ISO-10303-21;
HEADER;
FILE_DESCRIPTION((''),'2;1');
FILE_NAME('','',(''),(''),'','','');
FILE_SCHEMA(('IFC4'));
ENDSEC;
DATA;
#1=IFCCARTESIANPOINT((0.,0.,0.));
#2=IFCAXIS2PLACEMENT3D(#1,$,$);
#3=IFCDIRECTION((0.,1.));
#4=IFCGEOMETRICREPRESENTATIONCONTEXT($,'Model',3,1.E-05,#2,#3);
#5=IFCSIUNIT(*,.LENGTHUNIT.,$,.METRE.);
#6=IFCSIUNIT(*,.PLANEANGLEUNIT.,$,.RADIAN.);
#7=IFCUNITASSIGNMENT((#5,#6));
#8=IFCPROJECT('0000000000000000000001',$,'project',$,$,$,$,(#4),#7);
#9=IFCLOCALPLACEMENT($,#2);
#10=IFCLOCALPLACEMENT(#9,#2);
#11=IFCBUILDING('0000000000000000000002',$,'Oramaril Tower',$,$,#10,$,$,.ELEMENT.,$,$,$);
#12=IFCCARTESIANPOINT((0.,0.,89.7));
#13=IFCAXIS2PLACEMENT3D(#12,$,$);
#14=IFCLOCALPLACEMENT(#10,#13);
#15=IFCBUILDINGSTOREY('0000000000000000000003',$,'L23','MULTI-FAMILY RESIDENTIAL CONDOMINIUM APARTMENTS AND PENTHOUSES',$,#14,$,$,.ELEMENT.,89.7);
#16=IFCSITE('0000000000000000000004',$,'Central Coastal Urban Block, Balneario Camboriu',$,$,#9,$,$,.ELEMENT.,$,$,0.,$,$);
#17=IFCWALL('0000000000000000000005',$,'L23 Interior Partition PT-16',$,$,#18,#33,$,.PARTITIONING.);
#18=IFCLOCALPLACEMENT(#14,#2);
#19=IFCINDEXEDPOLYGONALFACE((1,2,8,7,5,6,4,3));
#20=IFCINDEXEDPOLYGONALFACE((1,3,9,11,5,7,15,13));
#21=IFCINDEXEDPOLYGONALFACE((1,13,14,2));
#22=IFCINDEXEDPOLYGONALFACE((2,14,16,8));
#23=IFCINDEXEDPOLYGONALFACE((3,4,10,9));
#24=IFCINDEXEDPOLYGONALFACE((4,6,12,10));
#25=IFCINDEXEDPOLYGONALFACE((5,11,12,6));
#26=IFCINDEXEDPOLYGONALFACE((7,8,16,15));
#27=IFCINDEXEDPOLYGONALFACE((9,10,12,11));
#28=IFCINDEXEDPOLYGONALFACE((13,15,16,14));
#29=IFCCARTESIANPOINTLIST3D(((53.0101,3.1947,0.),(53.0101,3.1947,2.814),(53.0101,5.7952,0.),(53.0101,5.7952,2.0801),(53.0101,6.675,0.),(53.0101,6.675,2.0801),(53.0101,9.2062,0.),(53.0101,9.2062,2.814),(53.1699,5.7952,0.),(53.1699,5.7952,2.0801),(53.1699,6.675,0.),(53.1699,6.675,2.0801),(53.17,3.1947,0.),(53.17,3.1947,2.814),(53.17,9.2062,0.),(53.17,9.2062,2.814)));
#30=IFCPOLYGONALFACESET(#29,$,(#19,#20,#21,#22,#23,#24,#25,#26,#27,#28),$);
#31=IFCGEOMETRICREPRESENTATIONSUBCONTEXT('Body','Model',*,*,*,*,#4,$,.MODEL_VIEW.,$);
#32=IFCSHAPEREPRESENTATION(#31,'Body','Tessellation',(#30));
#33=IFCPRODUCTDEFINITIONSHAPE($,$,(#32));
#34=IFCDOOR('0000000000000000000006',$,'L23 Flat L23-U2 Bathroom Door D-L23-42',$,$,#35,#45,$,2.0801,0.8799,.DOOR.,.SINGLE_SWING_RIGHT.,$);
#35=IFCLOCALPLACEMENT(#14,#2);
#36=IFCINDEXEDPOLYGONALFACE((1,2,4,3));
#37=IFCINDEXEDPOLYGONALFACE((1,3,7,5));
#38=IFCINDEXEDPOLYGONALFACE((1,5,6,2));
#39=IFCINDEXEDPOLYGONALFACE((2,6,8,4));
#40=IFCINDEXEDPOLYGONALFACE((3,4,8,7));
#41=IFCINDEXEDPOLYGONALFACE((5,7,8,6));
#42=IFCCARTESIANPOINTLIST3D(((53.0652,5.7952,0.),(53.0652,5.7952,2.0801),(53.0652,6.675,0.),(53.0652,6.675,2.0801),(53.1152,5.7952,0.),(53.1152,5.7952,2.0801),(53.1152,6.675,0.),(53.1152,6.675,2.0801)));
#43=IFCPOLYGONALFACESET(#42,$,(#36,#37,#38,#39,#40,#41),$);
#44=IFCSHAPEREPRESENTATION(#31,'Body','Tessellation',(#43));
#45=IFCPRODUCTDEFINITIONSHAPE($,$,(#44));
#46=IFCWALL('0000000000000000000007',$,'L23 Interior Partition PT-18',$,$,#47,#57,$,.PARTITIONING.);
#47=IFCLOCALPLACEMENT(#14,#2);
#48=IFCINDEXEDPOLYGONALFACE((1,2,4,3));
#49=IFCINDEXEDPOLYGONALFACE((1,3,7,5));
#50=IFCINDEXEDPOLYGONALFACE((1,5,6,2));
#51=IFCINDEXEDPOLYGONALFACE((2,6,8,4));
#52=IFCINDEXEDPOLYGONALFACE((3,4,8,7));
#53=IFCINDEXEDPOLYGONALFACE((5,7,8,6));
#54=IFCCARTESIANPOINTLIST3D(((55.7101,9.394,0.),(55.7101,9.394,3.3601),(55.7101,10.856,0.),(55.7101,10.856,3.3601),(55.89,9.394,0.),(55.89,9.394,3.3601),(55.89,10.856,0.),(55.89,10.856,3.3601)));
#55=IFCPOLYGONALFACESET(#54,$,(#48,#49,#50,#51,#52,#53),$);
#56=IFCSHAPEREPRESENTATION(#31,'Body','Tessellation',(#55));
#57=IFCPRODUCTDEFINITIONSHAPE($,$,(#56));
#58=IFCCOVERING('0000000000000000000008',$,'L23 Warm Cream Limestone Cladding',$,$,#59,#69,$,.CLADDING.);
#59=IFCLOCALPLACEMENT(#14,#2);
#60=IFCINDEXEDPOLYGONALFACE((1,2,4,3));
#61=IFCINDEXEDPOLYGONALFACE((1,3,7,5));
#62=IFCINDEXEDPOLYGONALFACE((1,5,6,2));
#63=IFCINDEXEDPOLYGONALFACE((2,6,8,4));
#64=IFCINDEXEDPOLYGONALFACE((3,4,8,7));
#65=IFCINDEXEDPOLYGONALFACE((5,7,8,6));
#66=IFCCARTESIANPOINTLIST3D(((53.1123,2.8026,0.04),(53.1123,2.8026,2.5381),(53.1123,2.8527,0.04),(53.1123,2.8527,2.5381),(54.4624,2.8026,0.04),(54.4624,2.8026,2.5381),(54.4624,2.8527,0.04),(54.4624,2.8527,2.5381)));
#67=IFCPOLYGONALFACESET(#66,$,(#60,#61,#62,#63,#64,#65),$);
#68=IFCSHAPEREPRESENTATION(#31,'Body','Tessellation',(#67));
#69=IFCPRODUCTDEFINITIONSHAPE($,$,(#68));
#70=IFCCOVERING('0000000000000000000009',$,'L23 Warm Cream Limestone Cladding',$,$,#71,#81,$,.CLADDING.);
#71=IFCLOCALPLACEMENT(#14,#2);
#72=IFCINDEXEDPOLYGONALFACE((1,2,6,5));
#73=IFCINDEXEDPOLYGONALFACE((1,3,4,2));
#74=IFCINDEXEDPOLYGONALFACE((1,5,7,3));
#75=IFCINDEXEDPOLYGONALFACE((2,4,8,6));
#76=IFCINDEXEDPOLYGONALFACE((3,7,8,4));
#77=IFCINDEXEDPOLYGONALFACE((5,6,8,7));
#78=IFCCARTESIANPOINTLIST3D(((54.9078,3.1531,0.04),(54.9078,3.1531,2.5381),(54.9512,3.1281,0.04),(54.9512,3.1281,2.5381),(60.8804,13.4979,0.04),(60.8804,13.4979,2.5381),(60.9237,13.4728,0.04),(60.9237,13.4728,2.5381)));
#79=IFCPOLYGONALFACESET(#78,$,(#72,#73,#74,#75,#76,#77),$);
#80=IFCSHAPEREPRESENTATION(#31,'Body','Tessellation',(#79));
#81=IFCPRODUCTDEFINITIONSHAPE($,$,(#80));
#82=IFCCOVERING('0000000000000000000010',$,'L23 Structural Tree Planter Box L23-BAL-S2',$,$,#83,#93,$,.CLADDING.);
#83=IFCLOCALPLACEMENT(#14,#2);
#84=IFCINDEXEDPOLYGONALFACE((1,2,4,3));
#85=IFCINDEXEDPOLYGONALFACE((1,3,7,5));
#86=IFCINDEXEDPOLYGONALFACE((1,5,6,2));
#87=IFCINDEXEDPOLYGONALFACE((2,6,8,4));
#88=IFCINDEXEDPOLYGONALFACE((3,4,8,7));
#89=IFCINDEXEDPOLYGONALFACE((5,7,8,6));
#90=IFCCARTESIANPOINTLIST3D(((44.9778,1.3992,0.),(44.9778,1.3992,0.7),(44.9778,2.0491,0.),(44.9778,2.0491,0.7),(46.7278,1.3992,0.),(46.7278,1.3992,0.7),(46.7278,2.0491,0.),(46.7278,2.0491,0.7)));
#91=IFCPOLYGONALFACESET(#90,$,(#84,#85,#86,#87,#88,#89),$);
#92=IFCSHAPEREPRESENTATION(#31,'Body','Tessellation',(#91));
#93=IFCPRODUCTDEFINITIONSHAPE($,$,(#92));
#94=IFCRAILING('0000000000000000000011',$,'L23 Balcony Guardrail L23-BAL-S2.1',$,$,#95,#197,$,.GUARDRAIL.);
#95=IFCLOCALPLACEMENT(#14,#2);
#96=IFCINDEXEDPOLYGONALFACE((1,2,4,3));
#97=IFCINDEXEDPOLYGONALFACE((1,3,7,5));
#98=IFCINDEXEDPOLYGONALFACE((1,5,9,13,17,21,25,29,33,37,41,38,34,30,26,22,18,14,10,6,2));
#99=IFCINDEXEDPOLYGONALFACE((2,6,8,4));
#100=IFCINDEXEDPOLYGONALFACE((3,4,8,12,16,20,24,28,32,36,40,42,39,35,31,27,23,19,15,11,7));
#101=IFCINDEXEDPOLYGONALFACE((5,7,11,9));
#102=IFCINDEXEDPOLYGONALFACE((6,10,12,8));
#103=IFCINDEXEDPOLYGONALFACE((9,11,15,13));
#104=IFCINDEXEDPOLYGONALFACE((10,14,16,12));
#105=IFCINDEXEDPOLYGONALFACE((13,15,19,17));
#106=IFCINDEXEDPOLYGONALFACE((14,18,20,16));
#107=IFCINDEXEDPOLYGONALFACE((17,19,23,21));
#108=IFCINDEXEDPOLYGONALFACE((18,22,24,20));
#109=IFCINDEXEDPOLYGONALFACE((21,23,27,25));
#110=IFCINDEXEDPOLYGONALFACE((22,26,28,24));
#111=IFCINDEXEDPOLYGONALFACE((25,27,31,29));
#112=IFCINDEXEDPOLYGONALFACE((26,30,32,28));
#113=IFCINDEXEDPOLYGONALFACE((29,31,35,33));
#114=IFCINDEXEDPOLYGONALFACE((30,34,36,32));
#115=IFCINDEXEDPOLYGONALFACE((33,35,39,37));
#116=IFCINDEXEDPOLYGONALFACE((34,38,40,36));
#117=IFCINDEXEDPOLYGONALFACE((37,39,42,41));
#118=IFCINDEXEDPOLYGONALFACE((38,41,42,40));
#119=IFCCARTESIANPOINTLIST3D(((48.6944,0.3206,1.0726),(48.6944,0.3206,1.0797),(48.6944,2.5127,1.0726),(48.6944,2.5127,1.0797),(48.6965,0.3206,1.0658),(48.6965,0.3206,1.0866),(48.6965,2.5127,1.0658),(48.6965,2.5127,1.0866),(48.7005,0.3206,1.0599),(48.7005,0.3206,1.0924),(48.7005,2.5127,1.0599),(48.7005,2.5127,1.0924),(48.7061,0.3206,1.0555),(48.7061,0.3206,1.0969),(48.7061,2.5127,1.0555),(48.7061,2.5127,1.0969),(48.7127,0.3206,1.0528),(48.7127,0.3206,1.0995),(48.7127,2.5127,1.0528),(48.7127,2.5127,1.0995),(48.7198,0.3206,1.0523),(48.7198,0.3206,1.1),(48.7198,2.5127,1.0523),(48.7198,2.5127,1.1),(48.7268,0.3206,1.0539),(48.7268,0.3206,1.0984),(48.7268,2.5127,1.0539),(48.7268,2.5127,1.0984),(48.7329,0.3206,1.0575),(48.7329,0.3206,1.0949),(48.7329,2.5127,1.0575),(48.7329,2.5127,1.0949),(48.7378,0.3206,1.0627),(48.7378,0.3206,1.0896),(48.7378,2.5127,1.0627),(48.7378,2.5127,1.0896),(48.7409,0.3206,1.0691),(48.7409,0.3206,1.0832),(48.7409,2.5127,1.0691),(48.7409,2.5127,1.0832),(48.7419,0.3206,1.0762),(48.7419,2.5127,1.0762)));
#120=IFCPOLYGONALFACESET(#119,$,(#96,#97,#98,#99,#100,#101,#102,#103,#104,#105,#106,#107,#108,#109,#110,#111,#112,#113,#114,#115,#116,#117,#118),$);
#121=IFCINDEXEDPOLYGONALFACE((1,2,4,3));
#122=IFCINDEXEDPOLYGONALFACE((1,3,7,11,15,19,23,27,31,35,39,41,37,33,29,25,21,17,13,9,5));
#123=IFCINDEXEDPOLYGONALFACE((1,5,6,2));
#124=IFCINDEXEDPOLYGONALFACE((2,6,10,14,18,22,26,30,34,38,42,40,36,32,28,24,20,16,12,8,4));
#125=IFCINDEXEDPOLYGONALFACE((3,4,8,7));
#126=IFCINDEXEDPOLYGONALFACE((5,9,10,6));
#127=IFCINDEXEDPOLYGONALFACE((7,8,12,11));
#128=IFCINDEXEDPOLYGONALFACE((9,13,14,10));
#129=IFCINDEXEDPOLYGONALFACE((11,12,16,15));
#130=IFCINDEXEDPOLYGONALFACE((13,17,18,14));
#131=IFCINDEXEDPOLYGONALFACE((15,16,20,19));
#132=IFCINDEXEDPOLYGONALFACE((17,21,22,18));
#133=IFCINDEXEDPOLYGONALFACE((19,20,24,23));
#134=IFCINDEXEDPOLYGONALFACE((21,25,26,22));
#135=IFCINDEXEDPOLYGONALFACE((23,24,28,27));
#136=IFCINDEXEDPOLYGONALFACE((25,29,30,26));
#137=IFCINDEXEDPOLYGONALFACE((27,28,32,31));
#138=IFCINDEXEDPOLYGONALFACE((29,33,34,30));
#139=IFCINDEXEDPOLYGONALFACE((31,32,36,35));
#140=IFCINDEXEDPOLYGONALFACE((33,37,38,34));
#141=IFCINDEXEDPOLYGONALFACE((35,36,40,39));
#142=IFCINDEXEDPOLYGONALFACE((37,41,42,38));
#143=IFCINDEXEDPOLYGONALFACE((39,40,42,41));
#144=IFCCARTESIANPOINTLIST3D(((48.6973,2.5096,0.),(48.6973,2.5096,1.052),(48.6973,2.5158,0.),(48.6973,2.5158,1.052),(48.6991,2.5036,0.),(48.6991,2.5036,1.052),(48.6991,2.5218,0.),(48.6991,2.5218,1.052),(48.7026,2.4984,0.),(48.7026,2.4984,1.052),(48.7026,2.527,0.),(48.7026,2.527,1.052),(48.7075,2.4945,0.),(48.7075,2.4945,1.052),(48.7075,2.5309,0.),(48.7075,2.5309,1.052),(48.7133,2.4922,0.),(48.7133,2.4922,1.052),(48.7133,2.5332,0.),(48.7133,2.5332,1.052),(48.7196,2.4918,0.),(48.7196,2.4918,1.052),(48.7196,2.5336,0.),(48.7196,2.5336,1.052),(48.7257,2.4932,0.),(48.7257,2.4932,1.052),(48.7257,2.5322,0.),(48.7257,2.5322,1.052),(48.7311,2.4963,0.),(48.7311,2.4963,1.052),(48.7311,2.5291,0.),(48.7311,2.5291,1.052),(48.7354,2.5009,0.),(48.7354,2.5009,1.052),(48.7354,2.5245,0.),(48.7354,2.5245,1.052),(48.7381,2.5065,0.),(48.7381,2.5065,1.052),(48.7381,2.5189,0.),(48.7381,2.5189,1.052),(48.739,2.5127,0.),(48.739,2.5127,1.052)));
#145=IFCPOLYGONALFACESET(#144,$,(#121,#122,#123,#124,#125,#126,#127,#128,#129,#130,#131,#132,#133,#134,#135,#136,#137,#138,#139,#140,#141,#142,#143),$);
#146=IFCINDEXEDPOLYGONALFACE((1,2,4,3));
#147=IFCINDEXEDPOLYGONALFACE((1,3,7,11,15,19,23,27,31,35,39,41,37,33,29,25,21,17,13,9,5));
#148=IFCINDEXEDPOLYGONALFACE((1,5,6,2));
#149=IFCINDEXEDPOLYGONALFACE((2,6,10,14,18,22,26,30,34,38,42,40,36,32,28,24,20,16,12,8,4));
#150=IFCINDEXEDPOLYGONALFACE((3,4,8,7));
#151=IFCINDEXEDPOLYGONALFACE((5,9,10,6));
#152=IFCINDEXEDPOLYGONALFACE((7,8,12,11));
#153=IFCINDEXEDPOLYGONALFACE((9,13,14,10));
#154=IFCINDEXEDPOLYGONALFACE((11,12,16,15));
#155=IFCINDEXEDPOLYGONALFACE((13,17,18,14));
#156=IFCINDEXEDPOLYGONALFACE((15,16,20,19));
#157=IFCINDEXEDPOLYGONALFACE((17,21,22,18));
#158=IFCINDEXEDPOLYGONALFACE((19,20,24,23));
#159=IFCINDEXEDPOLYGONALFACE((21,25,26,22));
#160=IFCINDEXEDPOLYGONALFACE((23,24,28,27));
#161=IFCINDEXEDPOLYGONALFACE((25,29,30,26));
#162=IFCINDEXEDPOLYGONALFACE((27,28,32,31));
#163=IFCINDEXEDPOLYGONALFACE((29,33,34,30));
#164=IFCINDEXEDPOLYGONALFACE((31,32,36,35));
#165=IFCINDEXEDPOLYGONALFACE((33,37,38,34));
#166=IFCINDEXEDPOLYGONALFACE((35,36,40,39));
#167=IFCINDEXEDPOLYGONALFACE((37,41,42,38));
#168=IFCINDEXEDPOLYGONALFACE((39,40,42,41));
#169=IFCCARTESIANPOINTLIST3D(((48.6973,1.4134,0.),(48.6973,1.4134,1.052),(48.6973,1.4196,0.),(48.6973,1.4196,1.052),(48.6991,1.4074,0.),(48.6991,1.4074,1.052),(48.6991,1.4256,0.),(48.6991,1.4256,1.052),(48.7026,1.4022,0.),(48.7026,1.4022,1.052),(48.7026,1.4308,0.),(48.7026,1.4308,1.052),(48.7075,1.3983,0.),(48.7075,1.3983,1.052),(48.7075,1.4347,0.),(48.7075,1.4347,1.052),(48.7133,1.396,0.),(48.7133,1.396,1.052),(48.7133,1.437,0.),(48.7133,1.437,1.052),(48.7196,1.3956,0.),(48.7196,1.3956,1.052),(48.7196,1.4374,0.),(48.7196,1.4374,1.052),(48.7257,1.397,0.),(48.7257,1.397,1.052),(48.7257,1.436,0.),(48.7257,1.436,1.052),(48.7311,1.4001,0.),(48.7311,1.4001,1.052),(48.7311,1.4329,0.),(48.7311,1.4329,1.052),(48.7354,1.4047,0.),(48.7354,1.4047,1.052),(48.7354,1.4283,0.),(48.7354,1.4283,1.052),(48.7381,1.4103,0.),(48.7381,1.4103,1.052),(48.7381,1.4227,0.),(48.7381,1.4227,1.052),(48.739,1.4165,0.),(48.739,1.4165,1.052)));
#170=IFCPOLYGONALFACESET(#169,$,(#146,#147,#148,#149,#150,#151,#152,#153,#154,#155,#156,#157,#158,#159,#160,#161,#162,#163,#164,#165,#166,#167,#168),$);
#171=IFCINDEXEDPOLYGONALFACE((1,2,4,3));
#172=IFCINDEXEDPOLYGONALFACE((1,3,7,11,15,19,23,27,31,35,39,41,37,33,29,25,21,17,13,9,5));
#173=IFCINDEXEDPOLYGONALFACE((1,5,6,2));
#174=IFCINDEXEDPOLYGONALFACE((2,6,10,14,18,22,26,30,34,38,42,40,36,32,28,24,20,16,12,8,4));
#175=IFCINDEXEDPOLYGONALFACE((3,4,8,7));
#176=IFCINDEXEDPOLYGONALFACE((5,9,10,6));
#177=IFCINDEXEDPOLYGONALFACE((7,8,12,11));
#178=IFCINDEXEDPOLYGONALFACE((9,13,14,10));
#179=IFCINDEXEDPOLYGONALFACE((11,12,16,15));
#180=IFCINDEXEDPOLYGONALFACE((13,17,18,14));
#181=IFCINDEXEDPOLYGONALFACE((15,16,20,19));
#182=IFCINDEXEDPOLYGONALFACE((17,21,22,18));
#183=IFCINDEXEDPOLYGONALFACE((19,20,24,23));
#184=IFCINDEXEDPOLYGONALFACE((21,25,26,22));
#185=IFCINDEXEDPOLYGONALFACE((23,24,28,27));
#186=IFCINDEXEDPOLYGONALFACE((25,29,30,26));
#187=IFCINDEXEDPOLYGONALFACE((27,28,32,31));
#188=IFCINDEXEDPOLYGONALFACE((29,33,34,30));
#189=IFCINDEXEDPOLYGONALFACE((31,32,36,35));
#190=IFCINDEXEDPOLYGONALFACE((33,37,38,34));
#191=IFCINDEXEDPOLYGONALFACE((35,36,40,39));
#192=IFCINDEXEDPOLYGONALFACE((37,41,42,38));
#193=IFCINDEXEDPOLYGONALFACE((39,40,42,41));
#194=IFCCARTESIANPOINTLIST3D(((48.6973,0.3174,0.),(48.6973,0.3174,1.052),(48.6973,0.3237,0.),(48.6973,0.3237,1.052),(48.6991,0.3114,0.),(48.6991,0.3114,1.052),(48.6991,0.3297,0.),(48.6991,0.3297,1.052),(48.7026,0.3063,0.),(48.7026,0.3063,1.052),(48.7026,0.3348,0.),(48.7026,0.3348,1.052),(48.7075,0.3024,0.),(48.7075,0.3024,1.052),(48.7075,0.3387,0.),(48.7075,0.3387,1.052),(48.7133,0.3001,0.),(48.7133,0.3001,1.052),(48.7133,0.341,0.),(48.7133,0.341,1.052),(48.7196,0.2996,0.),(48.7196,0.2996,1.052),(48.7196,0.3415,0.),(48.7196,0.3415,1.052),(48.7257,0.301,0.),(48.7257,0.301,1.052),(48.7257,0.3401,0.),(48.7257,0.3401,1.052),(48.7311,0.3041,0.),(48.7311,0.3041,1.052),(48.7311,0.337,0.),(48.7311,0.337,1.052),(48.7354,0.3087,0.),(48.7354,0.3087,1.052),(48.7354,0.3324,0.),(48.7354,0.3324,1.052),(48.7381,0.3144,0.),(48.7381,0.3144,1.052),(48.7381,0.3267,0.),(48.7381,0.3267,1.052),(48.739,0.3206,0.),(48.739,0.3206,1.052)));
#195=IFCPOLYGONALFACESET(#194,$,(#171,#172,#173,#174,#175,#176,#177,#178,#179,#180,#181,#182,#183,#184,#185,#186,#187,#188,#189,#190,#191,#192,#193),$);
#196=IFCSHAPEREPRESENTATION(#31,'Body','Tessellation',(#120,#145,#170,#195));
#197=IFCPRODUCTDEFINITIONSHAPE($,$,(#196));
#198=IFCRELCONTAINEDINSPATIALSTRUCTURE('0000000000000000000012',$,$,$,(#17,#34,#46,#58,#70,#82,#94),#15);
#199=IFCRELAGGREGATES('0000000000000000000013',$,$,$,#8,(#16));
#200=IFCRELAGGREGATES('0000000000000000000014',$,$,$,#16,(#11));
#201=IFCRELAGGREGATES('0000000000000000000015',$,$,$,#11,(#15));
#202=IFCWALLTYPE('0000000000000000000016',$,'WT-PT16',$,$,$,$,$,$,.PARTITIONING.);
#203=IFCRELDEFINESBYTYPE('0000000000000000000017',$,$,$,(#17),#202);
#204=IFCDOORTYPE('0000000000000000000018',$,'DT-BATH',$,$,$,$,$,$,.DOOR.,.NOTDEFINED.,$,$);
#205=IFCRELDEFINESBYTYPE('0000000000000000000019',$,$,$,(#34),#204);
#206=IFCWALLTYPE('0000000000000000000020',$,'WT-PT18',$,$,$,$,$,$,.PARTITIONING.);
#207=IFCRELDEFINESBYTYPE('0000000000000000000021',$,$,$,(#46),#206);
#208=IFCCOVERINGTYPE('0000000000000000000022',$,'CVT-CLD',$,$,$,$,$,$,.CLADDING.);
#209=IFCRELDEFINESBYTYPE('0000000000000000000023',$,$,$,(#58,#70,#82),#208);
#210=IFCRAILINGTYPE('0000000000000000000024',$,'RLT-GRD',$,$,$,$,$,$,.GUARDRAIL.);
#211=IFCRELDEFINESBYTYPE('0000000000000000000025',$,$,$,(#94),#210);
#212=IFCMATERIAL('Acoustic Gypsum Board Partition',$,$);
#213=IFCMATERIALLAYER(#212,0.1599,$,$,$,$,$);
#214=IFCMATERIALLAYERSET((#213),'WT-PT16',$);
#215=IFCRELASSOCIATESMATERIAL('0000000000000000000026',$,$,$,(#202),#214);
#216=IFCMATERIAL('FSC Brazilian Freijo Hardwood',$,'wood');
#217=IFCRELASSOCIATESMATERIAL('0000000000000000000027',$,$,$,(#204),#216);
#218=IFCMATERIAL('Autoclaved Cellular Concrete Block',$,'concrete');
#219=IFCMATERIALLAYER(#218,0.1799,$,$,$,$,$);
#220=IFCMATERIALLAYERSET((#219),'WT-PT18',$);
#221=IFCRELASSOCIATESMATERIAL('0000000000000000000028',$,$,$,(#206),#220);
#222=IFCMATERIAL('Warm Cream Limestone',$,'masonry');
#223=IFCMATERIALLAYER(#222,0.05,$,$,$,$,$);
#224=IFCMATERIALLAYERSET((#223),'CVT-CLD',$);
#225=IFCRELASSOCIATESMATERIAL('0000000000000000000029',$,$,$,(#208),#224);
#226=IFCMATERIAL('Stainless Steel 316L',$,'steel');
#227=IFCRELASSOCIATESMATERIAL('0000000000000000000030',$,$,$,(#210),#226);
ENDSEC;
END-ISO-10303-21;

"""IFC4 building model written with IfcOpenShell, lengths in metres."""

from ifc_helpers import new_model, si_unit, direction, frame, frame_2d, origin, origin_2d, place, context, subcontext, project, spatial, rectangle, circle, extrude, material, layer, layer_set, type_object, element, fill, save


model = new_model("IFC4")

# Units and contexts
model_context = context("Model", 3, precision=1e-05, world=origin(), true_north=direction((0.0, 1.0)))
body_context = subcontext(model_context, "Body", "Model", "MODEL_VIEW")
ifc_project = project(units=[si_unit("LENGTHUNIT", "METRE"), si_unit("PLANEANGLEUNIT", "RADIAN")], contexts=[model_context])

# Site, building, storey
site_placement = place(None, origin())
site = spatial("IfcSite", under=ifc_project, at=site_placement, Name="Central Coastal Urban Block, Balneario Camboriu", CompositionType="ELEMENT", RefElevation=0.0)
building_placement = place(site_placement, origin())
building = spatial("IfcBuilding", under=site, at=building_placement, Name="Oramaril Tower", CompositionType="ELEMENT")
storey_placement = place(building_placement, frame((0.0, 0.0, 89.7)))
storey = spatial("IfcBuildingStorey", under=building, at=storey_placement, Name="L23", Description="MULTI-FAMILY RESIDENTIAL CONDOMINIUM APARTMENTS AND PENTHOUSES", CompositionType="ELEMENT", Elevation=89.7)

# Wall, opening, door
ifc_material_1 = material(Name="Acoustic Gypsum Board Partition")
ifc_layer_1 = layer(ifc_material_1, 0.1599)
ifc_layer_set_1 = layer_set([ifc_layer_1], Name="WT-PT16")
wall_type_1 = type_object("IfcWallType", Name="WT-PT16", PredefinedType="PARTITIONING", material=ifc_layer_set_1)
wall_1_placement = place(storey_placement, frame((53.0901, 3.1946, 0.0), z_axis=(0.0, 0.0, 1.0), x_axis=(0.0, 1.0, 0.0)))
wall_1 = element("IfcWall", 1, at=wall_1_placement, inside=storey, type_object=wall_type_1, Name="L23 Interior Partition PT-16", PredefinedType="PARTITIONING", context=body_context, shape_type="SweptSolid", body=[
    extrude(rectangle(XDim=6.0115, YDim=0.1599, at=frame_2d((3.0059, 0.0))), origin(), (0.0, 0.0, 1.0), 2.814),
])
opening_placement = place(wall_1_placement, frame((2.6006, 0.0, 0.0)))
opening = element("IfcOpeningElement", 2, at=opening_placement, cuts=wall_1, PredefinedType="OPENING", context=body_context, shape_type="SweptSolid", body=[
    extrude(rectangle(XDim=0.8799, YDim=2.0801, at=frame_2d((0.4399, 1.04))), frame((0.0, 0.0801, 0.0), z_axis=(0.0, -1.0, 0.0), x_axis=(1.0, 0.0, 0.0)), (0.0, 0.0, 1.0), 0.1599),
])
ifc_material_2 = material(Name="FSC Brazilian Freijo Hardwood", Category="wood")
door_type = type_object("IfcDoorType", Name="DT-BATH", OperationType="NOTDEFINED", PredefinedType="DOOR", material=ifc_material_2)
door_placement = place(opening_placement, origin())
door = element("IfcDoor", 3, at=door_placement, inside=storey, type_object=door_type, Name="L23 Flat L23-U2 Bathroom Door D-L23-42", OperationType="SINGLE_SWING_RIGHT", OverallHeight=2.0801, OverallWidth=0.8799, PredefinedType="DOOR", context=body_context, shape_type="SweptSolid", body=[
    extrude(rectangle(XDim=0.8799, YDim=2.0801, at=frame_2d((0.4399, 1.04))), frame((0.0, 0.0249, 0.0), z_axis=(0.0, -1.0, 0.0), x_axis=(1.0, 0.0, 0.0)), (0.0, 0.0, 1.0), 0.05),
])
fill(opening, door)

# Wall
ifc_material_3 = material(Name="Autoclaved Cellular Concrete Block", Category="concrete")
ifc_layer_2 = layer(ifc_material_3, 0.1799)
ifc_layer_set_2 = layer_set([ifc_layer_2], Name="WT-PT18")
wall_type_2 = type_object("IfcWallType", Name="WT-PT18", PredefinedType="PARTITIONING", material=ifc_layer_set_2)
wall_2_placement = place(storey_placement, frame((55.8, 9.394, 0.0), z_axis=(0.0, 0.0, 1.0), x_axis=(0.0, 1.0, 0.0)))
element("IfcWall", 4, at=wall_2_placement, inside=storey, type_object=wall_type_2, Name="L23 Interior Partition PT-18", PredefinedType="PARTITIONING", context=body_context, shape_type="SweptSolid", body=[
    extrude(rectangle(XDim=1.4619, YDim=0.1799, at=frame_2d((0.731, 0.0))), origin(), (0.0, 0.0, 1.0), 3.3601),
])

# Coverings
ifc_material_4 = material(Name="Warm Cream Limestone", Category="masonry")
ifc_layer_3 = layer(ifc_material_4, 0.05)
ifc_layer_set_3 = layer_set([ifc_layer_3], Name="CVT-CLD")
covering_type = type_object("IfcCoveringType", Name="CVT-CLD", PredefinedType="CLADDING", material=ifc_layer_set_3)
covering_1_placement = place(storey_placement, frame((53.7874, 2.8276, 0.04), z_axis=(0.0, 0.0, 1.0), x_axis=(1.0, 0.0, 0.0)))
element("IfcCovering", 5, at=covering_1_placement, inside=storey, type_object=covering_type, Name="L23 Warm Cream Limestone Cladding", PredefinedType="CLADDING", context=body_context, shape_type="SweptSolid", body=[
    extrude(rectangle(XDim=1.3501, YDim=0.05, at=origin_2d()), origin(), (0.0, 0.0, 1.0), 2.498),
])
covering_2_placement = place(storey_placement, frame((57.9158, 8.313, 0.04), z_axis=(0.0, 0.0, 1.0), x_axis=(0.5, 0.866025, 0.0)))
element("IfcCovering", 6, at=covering_2_placement, inside=storey, type_object=covering_type, Name="L23 Warm Cream Limestone Cladding", PredefinedType="CLADDING", context=body_context, shape_type="SweptSolid", body=[
    extrude(rectangle(XDim=11.9451, YDim=0.05, at=origin_2d()), origin(), (0.0, 0.0, 1.0), 2.498),
])
covering_3_placement = place(storey_placement, frame((45.8528, 1.7241, 0.0), z_axis=(0.0, 0.0, 1.0), x_axis=(1.0, 0.0, 0.0)))
element("IfcCovering", 7, at=covering_3_placement, inside=storey, type_object=covering_type, Name="L23 Structural Tree Planter Box L23-BAL-S2", PredefinedType="CLADDING", context=body_context, shape_type="SweptSolid", body=[
    extrude(rectangle(XDim=1.75, YDim=0.6499, at=origin_2d()), origin(), (0.0, 0.0, 1.0), 0.7),
])

# Railing
ifc_material_5 = material(Name="Stainless Steel 316L", Category="steel")
railing_type = type_object("IfcRailingType", Name="RLT-GRD", PredefinedType="GUARDRAIL", material=ifc_material_5)
railing_1_placement = place(storey_placement, frame((48.718, 2.5127, 0.0)))
element("IfcRailing", 8, at=railing_1_placement, inside=storey, type_object=railing_type, Name="L23 Balcony Guardrail L23-BAL-S2.1", PredefinedType="GUARDRAIL", context=body_context, shape_type="SweptSolid", body=[
    extrude(circle(Radius=0.0239, at=origin_2d()), frame((0.0, 0.0, 1.0762), z_axis=(0.0, -1.0, 0.0), x_axis=(1.0, 0.0, 0.0)), (0.0, 0.0, 1.0), 2.1921),
    extrude(circle(Radius=0.021, at=origin_2d()), origin(), (0.0, 0.0, 1.0), 1.052),
    extrude(circle(Radius=0.021, at=origin_2d()), frame((0.0, -1.0962, 0.0)), (0.0, 0.0, 1.0), 1.052),
    extrude(circle(Radius=0.021, at=origin_2d()), frame((0.0, -2.1921, 0.0)), (0.0, 0.0, 1.0), 1.052),
])

save(model, "model.ifc")
